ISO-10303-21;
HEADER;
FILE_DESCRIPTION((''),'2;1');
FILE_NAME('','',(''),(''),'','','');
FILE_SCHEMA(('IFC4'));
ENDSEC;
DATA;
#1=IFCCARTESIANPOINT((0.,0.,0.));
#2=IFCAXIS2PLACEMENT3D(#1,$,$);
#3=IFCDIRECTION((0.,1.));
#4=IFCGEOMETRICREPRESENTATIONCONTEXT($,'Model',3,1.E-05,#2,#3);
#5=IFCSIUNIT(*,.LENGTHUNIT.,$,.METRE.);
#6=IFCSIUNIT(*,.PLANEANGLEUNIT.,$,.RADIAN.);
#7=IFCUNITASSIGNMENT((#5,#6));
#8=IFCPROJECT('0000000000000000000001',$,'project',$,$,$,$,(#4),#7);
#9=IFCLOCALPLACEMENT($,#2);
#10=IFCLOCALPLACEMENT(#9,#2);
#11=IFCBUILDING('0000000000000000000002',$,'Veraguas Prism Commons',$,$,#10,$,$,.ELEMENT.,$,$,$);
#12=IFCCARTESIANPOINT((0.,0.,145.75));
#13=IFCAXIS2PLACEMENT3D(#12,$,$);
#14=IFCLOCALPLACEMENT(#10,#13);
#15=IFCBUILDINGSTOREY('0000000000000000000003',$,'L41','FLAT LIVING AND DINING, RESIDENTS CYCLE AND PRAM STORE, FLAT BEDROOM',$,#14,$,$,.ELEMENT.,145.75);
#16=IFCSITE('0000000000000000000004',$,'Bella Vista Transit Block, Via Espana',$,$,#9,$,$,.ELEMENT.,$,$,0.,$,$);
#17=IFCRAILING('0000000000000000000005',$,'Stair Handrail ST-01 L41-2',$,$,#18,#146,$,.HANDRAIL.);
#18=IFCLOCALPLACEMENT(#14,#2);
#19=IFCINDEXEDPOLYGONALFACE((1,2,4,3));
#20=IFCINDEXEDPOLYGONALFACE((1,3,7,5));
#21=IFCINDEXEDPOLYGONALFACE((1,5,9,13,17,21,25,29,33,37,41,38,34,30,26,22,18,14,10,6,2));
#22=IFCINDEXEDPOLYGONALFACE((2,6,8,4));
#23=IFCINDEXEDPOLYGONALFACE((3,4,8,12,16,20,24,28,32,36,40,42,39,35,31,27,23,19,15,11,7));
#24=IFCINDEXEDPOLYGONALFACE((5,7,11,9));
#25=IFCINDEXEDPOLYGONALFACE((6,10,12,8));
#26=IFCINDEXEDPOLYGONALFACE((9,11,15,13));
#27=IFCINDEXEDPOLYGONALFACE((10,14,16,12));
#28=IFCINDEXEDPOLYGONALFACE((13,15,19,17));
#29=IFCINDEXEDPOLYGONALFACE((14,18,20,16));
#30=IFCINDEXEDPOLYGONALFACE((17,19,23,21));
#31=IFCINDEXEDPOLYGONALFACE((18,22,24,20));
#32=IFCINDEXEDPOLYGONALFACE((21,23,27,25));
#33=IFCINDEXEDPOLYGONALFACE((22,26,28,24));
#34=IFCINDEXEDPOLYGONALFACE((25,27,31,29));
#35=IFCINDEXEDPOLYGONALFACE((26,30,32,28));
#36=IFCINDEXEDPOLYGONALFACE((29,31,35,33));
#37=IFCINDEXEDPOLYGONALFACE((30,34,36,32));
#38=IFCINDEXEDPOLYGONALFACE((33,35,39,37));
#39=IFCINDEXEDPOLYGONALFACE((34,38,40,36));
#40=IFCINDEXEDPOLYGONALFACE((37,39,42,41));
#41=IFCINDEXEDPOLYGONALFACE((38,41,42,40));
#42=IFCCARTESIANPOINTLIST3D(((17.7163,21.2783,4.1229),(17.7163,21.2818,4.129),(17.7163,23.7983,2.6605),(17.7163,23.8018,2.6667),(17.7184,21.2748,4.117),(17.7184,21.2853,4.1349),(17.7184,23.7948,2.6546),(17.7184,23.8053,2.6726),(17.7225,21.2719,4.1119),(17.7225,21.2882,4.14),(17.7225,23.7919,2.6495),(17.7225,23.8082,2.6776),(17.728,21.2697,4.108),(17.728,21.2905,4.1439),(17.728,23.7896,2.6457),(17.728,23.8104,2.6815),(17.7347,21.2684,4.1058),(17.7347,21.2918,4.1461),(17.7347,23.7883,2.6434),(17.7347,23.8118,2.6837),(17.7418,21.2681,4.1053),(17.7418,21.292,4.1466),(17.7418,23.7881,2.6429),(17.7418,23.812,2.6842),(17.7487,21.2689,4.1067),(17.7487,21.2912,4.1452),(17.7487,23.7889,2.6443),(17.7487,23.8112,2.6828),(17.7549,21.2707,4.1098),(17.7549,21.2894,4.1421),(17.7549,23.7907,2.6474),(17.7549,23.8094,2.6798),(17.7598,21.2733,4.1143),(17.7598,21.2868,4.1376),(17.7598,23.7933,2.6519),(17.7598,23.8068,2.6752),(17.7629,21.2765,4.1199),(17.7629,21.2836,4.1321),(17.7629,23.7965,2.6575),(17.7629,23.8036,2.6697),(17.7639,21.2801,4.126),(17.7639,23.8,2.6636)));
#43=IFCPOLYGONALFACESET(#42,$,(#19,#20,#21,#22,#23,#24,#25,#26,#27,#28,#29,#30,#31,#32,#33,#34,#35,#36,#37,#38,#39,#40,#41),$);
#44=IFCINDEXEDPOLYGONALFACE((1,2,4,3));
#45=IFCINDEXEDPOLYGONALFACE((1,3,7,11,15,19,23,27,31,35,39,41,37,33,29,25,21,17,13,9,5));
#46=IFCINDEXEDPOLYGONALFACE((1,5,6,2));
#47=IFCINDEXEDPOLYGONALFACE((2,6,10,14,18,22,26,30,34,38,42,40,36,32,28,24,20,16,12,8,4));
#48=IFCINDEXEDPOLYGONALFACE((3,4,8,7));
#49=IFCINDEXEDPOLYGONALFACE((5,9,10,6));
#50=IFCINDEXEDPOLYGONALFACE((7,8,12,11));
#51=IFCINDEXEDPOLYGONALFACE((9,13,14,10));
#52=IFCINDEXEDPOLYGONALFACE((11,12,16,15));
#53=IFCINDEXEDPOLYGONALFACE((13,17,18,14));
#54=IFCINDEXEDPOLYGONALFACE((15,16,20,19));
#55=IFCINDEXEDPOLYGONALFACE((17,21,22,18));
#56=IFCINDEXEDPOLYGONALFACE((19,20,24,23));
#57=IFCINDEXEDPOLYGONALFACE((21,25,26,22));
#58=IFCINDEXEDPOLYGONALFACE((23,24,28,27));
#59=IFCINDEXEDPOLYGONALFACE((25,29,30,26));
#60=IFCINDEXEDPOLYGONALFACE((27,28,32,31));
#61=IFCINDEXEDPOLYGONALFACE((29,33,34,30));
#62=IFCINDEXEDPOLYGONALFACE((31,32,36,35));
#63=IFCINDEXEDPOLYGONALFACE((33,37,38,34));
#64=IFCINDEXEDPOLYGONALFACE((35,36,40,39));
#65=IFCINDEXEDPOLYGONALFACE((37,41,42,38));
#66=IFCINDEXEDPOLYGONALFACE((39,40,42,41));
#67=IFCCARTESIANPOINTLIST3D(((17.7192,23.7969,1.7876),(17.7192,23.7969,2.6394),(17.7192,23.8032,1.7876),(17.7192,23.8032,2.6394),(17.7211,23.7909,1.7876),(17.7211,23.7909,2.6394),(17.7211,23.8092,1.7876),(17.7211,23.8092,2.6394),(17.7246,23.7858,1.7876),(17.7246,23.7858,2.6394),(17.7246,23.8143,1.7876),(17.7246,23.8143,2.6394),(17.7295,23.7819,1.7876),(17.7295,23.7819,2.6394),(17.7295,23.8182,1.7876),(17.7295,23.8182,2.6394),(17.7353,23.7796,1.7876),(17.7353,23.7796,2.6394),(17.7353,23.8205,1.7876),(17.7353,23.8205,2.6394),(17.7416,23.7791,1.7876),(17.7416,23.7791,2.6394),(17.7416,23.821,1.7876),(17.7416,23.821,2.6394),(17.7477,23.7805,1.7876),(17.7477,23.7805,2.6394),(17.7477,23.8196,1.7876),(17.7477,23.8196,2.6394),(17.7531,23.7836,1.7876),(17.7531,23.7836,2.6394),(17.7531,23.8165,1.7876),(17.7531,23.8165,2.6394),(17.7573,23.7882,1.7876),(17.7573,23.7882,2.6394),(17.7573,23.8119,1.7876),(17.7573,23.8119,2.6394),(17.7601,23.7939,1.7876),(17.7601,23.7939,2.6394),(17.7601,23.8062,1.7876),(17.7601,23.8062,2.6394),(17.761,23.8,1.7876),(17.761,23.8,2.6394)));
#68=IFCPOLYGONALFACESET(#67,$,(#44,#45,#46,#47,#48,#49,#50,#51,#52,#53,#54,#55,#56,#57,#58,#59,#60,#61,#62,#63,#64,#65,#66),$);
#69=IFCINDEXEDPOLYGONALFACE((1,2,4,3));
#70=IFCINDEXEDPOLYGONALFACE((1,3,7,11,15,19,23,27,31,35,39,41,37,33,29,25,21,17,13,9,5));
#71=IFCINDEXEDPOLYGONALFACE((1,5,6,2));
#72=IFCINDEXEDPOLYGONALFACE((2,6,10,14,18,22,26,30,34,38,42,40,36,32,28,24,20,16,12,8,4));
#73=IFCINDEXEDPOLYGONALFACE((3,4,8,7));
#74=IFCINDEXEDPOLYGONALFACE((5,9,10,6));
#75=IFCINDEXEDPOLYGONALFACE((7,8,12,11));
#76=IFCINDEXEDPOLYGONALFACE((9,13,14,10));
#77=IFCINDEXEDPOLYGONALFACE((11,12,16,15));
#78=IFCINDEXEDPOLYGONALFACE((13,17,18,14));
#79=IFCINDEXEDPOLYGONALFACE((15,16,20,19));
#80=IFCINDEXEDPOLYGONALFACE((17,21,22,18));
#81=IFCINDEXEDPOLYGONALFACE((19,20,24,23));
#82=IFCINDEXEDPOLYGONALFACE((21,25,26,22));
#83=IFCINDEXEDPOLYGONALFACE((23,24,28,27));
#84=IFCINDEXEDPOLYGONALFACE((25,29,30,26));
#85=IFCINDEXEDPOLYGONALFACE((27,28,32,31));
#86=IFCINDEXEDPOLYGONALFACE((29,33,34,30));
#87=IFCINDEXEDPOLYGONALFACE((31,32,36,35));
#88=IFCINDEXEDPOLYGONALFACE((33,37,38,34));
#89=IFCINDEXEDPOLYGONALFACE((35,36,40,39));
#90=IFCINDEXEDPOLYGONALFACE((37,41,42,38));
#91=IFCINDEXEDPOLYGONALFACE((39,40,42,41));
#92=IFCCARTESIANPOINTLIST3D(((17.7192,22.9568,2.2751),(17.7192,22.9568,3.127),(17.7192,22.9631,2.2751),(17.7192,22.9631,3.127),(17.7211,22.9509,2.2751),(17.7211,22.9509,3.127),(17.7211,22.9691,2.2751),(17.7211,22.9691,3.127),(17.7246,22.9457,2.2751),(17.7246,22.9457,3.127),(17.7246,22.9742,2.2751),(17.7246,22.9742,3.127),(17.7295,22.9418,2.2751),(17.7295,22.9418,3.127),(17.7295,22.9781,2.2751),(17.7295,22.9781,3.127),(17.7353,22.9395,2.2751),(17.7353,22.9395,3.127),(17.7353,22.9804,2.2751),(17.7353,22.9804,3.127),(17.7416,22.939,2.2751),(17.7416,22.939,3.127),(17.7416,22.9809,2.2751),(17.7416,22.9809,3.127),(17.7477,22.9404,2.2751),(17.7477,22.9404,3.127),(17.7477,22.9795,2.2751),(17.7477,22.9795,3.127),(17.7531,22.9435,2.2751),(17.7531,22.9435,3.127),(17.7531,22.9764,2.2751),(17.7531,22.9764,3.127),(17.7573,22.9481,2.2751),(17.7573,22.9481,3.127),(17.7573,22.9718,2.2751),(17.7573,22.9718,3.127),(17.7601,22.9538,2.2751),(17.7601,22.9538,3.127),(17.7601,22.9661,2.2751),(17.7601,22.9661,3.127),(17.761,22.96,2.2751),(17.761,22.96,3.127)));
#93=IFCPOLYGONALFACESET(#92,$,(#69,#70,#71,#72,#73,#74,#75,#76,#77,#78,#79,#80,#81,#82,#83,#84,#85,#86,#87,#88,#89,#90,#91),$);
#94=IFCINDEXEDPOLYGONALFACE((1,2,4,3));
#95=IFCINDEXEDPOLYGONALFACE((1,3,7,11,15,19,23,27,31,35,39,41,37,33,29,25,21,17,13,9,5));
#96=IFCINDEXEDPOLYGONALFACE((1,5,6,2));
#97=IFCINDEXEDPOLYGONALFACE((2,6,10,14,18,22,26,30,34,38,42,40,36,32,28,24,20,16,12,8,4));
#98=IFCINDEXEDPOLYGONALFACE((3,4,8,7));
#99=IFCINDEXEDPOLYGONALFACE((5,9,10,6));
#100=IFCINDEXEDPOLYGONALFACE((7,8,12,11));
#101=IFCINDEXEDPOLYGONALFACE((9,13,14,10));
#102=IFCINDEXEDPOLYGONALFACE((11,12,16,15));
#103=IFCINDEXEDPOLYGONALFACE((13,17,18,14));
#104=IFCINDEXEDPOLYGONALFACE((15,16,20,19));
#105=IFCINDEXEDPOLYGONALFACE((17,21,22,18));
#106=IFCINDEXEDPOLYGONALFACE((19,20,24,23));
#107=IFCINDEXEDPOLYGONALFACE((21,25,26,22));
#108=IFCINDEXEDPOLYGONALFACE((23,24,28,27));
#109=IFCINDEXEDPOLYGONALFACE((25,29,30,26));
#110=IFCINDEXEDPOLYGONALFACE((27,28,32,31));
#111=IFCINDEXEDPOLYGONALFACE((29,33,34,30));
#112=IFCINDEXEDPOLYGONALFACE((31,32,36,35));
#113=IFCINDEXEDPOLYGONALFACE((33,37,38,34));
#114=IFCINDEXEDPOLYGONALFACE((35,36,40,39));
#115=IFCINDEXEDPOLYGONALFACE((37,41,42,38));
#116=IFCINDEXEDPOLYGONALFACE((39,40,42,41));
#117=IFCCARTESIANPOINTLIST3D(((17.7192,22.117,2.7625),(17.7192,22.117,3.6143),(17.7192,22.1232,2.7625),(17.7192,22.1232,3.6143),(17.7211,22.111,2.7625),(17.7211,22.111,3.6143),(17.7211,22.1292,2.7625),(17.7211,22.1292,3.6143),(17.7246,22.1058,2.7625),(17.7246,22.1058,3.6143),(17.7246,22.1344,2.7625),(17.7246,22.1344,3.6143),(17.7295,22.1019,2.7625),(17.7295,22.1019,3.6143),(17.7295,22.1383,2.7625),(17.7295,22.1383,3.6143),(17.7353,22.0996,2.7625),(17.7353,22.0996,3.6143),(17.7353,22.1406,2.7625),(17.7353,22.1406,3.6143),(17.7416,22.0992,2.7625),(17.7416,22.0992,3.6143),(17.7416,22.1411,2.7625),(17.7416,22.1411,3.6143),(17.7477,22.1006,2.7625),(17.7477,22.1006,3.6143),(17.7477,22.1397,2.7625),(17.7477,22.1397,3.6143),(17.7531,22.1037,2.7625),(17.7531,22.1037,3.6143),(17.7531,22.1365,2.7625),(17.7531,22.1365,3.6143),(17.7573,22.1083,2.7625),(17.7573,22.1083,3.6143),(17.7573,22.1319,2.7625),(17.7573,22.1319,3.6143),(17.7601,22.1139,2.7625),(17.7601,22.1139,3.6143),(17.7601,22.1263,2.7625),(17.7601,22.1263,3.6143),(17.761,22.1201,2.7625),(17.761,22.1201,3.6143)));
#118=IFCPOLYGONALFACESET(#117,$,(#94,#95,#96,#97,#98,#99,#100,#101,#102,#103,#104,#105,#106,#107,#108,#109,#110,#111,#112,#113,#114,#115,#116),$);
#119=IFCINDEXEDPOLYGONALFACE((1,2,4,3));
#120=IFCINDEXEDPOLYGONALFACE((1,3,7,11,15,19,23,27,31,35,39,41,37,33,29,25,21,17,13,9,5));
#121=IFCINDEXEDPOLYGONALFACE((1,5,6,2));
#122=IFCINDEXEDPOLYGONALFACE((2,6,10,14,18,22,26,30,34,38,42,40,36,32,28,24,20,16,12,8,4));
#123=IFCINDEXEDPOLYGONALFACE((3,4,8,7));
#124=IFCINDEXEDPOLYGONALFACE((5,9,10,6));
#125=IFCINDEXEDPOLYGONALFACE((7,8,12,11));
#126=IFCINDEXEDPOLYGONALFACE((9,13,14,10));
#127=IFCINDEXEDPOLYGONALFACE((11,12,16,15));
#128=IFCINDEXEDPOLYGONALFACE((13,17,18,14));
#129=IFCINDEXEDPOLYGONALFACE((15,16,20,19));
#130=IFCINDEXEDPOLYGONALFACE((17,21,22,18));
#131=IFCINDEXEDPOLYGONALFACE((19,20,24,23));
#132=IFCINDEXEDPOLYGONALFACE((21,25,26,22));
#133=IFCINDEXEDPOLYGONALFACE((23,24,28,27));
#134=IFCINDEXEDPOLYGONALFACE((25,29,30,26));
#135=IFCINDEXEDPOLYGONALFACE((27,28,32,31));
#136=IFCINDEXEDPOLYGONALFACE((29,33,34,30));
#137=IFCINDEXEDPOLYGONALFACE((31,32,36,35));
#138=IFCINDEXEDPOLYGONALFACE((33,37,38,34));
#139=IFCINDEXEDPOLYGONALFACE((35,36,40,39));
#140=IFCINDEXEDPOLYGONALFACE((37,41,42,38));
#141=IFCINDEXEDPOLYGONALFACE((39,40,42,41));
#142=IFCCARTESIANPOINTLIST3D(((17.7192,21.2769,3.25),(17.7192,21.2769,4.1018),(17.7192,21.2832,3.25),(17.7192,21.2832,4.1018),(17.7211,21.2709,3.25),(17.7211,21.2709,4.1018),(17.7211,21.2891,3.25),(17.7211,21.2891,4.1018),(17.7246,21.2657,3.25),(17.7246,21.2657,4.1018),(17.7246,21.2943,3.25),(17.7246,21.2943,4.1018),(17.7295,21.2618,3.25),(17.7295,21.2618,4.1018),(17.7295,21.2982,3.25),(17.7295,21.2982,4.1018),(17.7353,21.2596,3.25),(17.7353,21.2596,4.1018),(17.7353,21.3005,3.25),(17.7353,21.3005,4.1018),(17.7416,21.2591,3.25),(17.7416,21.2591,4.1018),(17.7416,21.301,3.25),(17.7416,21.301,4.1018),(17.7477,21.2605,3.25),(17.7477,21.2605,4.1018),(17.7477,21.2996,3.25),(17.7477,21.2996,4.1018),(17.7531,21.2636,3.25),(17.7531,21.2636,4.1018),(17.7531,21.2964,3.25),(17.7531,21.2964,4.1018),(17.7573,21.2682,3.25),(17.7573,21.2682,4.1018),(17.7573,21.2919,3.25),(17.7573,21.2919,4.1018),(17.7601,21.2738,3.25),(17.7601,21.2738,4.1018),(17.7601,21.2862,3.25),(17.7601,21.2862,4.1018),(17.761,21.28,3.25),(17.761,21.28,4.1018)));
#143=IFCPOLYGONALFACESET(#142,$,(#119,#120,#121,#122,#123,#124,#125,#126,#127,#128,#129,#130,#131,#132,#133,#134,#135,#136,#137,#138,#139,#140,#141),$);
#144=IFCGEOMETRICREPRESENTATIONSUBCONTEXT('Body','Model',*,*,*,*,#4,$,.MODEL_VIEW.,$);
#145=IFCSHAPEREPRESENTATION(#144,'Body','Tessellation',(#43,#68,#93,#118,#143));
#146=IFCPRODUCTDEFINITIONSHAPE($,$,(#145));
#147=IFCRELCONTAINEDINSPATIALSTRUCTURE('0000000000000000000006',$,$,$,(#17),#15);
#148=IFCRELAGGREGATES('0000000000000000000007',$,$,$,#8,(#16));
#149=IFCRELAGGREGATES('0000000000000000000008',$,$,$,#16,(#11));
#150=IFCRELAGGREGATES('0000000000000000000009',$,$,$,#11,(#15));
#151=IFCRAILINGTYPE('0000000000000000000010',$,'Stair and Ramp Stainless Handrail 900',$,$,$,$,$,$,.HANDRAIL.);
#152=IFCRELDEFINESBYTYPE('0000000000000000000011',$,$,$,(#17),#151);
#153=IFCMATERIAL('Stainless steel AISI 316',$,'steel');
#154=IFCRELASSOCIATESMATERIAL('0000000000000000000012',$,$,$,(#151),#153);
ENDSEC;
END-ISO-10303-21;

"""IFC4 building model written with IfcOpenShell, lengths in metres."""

from ifc_helpers import new_model, si_unit, direction, frame, origin, origin_2d, place, context, subcontext, project, spatial, circle, extrude, material, type_object, element, save


model = new_model("IFC4")

# Units and contexts
model_context = context("Model", 3, precision=1e-05, world=origin(), true_north=direction((0.0, 1.0)))
body_context = subcontext(model_context, "Body", "Model", "MODEL_VIEW")
ifc_project = project(units=[si_unit("LENGTHUNIT", "METRE"), si_unit("PLANEANGLEUNIT", "RADIAN")], contexts=[model_context])

# Site, building, storey
site_placement = place(None, origin())
site = spatial("IfcSite", under=ifc_project, at=site_placement, Name="Bella Vista Transit Block, Via Espana", CompositionType="ELEMENT", RefElevation=0.0)
building_placement = place(site_placement, origin())
building = spatial("IfcBuilding", under=site, at=building_placement, Name="Veraguas Prism Commons", CompositionType="ELEMENT")
storey_placement = place(building_placement, frame((0.0, 0.0, 145.75)))
storey = spatial("IfcBuildingStorey", under=building, at=storey_placement, Name="L41", Description="FLAT LIVING AND DINING, RESIDENTS CYCLE AND PRAM STORE, FLAT BEDROOM", CompositionType="ELEMENT", Elevation=145.75)

# Railing
ifc_material_1 = material(Name="Stainless steel AISI 316", Category="steel")
railing_type_1 = type_object("IfcRailingType", Name="Stair and Ramp Stainless Handrail 900", PredefinedType="HANDRAIL", material=ifc_material_1)
railing_1_placement = place(storey_placement, frame((17.74, 23.8, 1.7876)))
element("IfcRailing", 1, at=railing_1_placement, inside=storey, type_object=railing_type_1, Name="Stair Handrail ST-01 L41-2", PredefinedType="HANDRAIL", context=body_context, shape_type="SweptSolid", body=[
    extrude(circle(Radius=0.0239, at=origin_2d()), frame((0.0, 0.0, 0.876), z_axis=(0.0, -0.864913, 0.501921), x_axis=(1.0, 0.0, 0.0)), (0.0, 0.0, 1.0), 2.9136),
    extrude(circle(Radius=0.021, at=origin_2d()), origin(), (0.0, 0.0, 1.0), 0.8518),
    extrude(circle(Radius=0.021, at=origin_2d()), frame((0.0, -0.8401, 0.4875)), (0.0, 0.0, 1.0), 0.8518),
    extrude(circle(Radius=0.021, at=origin_2d()), frame((0.0, -1.6799, 0.9749)), (0.0, 0.0, 1.0), 0.8518),
    extrude(circle(Radius=0.021, at=origin_2d()), frame((0.0, -2.52, 1.4624)), (0.0, 0.0, 1.0), 0.8518),
])

save(model, "model.ifc")
